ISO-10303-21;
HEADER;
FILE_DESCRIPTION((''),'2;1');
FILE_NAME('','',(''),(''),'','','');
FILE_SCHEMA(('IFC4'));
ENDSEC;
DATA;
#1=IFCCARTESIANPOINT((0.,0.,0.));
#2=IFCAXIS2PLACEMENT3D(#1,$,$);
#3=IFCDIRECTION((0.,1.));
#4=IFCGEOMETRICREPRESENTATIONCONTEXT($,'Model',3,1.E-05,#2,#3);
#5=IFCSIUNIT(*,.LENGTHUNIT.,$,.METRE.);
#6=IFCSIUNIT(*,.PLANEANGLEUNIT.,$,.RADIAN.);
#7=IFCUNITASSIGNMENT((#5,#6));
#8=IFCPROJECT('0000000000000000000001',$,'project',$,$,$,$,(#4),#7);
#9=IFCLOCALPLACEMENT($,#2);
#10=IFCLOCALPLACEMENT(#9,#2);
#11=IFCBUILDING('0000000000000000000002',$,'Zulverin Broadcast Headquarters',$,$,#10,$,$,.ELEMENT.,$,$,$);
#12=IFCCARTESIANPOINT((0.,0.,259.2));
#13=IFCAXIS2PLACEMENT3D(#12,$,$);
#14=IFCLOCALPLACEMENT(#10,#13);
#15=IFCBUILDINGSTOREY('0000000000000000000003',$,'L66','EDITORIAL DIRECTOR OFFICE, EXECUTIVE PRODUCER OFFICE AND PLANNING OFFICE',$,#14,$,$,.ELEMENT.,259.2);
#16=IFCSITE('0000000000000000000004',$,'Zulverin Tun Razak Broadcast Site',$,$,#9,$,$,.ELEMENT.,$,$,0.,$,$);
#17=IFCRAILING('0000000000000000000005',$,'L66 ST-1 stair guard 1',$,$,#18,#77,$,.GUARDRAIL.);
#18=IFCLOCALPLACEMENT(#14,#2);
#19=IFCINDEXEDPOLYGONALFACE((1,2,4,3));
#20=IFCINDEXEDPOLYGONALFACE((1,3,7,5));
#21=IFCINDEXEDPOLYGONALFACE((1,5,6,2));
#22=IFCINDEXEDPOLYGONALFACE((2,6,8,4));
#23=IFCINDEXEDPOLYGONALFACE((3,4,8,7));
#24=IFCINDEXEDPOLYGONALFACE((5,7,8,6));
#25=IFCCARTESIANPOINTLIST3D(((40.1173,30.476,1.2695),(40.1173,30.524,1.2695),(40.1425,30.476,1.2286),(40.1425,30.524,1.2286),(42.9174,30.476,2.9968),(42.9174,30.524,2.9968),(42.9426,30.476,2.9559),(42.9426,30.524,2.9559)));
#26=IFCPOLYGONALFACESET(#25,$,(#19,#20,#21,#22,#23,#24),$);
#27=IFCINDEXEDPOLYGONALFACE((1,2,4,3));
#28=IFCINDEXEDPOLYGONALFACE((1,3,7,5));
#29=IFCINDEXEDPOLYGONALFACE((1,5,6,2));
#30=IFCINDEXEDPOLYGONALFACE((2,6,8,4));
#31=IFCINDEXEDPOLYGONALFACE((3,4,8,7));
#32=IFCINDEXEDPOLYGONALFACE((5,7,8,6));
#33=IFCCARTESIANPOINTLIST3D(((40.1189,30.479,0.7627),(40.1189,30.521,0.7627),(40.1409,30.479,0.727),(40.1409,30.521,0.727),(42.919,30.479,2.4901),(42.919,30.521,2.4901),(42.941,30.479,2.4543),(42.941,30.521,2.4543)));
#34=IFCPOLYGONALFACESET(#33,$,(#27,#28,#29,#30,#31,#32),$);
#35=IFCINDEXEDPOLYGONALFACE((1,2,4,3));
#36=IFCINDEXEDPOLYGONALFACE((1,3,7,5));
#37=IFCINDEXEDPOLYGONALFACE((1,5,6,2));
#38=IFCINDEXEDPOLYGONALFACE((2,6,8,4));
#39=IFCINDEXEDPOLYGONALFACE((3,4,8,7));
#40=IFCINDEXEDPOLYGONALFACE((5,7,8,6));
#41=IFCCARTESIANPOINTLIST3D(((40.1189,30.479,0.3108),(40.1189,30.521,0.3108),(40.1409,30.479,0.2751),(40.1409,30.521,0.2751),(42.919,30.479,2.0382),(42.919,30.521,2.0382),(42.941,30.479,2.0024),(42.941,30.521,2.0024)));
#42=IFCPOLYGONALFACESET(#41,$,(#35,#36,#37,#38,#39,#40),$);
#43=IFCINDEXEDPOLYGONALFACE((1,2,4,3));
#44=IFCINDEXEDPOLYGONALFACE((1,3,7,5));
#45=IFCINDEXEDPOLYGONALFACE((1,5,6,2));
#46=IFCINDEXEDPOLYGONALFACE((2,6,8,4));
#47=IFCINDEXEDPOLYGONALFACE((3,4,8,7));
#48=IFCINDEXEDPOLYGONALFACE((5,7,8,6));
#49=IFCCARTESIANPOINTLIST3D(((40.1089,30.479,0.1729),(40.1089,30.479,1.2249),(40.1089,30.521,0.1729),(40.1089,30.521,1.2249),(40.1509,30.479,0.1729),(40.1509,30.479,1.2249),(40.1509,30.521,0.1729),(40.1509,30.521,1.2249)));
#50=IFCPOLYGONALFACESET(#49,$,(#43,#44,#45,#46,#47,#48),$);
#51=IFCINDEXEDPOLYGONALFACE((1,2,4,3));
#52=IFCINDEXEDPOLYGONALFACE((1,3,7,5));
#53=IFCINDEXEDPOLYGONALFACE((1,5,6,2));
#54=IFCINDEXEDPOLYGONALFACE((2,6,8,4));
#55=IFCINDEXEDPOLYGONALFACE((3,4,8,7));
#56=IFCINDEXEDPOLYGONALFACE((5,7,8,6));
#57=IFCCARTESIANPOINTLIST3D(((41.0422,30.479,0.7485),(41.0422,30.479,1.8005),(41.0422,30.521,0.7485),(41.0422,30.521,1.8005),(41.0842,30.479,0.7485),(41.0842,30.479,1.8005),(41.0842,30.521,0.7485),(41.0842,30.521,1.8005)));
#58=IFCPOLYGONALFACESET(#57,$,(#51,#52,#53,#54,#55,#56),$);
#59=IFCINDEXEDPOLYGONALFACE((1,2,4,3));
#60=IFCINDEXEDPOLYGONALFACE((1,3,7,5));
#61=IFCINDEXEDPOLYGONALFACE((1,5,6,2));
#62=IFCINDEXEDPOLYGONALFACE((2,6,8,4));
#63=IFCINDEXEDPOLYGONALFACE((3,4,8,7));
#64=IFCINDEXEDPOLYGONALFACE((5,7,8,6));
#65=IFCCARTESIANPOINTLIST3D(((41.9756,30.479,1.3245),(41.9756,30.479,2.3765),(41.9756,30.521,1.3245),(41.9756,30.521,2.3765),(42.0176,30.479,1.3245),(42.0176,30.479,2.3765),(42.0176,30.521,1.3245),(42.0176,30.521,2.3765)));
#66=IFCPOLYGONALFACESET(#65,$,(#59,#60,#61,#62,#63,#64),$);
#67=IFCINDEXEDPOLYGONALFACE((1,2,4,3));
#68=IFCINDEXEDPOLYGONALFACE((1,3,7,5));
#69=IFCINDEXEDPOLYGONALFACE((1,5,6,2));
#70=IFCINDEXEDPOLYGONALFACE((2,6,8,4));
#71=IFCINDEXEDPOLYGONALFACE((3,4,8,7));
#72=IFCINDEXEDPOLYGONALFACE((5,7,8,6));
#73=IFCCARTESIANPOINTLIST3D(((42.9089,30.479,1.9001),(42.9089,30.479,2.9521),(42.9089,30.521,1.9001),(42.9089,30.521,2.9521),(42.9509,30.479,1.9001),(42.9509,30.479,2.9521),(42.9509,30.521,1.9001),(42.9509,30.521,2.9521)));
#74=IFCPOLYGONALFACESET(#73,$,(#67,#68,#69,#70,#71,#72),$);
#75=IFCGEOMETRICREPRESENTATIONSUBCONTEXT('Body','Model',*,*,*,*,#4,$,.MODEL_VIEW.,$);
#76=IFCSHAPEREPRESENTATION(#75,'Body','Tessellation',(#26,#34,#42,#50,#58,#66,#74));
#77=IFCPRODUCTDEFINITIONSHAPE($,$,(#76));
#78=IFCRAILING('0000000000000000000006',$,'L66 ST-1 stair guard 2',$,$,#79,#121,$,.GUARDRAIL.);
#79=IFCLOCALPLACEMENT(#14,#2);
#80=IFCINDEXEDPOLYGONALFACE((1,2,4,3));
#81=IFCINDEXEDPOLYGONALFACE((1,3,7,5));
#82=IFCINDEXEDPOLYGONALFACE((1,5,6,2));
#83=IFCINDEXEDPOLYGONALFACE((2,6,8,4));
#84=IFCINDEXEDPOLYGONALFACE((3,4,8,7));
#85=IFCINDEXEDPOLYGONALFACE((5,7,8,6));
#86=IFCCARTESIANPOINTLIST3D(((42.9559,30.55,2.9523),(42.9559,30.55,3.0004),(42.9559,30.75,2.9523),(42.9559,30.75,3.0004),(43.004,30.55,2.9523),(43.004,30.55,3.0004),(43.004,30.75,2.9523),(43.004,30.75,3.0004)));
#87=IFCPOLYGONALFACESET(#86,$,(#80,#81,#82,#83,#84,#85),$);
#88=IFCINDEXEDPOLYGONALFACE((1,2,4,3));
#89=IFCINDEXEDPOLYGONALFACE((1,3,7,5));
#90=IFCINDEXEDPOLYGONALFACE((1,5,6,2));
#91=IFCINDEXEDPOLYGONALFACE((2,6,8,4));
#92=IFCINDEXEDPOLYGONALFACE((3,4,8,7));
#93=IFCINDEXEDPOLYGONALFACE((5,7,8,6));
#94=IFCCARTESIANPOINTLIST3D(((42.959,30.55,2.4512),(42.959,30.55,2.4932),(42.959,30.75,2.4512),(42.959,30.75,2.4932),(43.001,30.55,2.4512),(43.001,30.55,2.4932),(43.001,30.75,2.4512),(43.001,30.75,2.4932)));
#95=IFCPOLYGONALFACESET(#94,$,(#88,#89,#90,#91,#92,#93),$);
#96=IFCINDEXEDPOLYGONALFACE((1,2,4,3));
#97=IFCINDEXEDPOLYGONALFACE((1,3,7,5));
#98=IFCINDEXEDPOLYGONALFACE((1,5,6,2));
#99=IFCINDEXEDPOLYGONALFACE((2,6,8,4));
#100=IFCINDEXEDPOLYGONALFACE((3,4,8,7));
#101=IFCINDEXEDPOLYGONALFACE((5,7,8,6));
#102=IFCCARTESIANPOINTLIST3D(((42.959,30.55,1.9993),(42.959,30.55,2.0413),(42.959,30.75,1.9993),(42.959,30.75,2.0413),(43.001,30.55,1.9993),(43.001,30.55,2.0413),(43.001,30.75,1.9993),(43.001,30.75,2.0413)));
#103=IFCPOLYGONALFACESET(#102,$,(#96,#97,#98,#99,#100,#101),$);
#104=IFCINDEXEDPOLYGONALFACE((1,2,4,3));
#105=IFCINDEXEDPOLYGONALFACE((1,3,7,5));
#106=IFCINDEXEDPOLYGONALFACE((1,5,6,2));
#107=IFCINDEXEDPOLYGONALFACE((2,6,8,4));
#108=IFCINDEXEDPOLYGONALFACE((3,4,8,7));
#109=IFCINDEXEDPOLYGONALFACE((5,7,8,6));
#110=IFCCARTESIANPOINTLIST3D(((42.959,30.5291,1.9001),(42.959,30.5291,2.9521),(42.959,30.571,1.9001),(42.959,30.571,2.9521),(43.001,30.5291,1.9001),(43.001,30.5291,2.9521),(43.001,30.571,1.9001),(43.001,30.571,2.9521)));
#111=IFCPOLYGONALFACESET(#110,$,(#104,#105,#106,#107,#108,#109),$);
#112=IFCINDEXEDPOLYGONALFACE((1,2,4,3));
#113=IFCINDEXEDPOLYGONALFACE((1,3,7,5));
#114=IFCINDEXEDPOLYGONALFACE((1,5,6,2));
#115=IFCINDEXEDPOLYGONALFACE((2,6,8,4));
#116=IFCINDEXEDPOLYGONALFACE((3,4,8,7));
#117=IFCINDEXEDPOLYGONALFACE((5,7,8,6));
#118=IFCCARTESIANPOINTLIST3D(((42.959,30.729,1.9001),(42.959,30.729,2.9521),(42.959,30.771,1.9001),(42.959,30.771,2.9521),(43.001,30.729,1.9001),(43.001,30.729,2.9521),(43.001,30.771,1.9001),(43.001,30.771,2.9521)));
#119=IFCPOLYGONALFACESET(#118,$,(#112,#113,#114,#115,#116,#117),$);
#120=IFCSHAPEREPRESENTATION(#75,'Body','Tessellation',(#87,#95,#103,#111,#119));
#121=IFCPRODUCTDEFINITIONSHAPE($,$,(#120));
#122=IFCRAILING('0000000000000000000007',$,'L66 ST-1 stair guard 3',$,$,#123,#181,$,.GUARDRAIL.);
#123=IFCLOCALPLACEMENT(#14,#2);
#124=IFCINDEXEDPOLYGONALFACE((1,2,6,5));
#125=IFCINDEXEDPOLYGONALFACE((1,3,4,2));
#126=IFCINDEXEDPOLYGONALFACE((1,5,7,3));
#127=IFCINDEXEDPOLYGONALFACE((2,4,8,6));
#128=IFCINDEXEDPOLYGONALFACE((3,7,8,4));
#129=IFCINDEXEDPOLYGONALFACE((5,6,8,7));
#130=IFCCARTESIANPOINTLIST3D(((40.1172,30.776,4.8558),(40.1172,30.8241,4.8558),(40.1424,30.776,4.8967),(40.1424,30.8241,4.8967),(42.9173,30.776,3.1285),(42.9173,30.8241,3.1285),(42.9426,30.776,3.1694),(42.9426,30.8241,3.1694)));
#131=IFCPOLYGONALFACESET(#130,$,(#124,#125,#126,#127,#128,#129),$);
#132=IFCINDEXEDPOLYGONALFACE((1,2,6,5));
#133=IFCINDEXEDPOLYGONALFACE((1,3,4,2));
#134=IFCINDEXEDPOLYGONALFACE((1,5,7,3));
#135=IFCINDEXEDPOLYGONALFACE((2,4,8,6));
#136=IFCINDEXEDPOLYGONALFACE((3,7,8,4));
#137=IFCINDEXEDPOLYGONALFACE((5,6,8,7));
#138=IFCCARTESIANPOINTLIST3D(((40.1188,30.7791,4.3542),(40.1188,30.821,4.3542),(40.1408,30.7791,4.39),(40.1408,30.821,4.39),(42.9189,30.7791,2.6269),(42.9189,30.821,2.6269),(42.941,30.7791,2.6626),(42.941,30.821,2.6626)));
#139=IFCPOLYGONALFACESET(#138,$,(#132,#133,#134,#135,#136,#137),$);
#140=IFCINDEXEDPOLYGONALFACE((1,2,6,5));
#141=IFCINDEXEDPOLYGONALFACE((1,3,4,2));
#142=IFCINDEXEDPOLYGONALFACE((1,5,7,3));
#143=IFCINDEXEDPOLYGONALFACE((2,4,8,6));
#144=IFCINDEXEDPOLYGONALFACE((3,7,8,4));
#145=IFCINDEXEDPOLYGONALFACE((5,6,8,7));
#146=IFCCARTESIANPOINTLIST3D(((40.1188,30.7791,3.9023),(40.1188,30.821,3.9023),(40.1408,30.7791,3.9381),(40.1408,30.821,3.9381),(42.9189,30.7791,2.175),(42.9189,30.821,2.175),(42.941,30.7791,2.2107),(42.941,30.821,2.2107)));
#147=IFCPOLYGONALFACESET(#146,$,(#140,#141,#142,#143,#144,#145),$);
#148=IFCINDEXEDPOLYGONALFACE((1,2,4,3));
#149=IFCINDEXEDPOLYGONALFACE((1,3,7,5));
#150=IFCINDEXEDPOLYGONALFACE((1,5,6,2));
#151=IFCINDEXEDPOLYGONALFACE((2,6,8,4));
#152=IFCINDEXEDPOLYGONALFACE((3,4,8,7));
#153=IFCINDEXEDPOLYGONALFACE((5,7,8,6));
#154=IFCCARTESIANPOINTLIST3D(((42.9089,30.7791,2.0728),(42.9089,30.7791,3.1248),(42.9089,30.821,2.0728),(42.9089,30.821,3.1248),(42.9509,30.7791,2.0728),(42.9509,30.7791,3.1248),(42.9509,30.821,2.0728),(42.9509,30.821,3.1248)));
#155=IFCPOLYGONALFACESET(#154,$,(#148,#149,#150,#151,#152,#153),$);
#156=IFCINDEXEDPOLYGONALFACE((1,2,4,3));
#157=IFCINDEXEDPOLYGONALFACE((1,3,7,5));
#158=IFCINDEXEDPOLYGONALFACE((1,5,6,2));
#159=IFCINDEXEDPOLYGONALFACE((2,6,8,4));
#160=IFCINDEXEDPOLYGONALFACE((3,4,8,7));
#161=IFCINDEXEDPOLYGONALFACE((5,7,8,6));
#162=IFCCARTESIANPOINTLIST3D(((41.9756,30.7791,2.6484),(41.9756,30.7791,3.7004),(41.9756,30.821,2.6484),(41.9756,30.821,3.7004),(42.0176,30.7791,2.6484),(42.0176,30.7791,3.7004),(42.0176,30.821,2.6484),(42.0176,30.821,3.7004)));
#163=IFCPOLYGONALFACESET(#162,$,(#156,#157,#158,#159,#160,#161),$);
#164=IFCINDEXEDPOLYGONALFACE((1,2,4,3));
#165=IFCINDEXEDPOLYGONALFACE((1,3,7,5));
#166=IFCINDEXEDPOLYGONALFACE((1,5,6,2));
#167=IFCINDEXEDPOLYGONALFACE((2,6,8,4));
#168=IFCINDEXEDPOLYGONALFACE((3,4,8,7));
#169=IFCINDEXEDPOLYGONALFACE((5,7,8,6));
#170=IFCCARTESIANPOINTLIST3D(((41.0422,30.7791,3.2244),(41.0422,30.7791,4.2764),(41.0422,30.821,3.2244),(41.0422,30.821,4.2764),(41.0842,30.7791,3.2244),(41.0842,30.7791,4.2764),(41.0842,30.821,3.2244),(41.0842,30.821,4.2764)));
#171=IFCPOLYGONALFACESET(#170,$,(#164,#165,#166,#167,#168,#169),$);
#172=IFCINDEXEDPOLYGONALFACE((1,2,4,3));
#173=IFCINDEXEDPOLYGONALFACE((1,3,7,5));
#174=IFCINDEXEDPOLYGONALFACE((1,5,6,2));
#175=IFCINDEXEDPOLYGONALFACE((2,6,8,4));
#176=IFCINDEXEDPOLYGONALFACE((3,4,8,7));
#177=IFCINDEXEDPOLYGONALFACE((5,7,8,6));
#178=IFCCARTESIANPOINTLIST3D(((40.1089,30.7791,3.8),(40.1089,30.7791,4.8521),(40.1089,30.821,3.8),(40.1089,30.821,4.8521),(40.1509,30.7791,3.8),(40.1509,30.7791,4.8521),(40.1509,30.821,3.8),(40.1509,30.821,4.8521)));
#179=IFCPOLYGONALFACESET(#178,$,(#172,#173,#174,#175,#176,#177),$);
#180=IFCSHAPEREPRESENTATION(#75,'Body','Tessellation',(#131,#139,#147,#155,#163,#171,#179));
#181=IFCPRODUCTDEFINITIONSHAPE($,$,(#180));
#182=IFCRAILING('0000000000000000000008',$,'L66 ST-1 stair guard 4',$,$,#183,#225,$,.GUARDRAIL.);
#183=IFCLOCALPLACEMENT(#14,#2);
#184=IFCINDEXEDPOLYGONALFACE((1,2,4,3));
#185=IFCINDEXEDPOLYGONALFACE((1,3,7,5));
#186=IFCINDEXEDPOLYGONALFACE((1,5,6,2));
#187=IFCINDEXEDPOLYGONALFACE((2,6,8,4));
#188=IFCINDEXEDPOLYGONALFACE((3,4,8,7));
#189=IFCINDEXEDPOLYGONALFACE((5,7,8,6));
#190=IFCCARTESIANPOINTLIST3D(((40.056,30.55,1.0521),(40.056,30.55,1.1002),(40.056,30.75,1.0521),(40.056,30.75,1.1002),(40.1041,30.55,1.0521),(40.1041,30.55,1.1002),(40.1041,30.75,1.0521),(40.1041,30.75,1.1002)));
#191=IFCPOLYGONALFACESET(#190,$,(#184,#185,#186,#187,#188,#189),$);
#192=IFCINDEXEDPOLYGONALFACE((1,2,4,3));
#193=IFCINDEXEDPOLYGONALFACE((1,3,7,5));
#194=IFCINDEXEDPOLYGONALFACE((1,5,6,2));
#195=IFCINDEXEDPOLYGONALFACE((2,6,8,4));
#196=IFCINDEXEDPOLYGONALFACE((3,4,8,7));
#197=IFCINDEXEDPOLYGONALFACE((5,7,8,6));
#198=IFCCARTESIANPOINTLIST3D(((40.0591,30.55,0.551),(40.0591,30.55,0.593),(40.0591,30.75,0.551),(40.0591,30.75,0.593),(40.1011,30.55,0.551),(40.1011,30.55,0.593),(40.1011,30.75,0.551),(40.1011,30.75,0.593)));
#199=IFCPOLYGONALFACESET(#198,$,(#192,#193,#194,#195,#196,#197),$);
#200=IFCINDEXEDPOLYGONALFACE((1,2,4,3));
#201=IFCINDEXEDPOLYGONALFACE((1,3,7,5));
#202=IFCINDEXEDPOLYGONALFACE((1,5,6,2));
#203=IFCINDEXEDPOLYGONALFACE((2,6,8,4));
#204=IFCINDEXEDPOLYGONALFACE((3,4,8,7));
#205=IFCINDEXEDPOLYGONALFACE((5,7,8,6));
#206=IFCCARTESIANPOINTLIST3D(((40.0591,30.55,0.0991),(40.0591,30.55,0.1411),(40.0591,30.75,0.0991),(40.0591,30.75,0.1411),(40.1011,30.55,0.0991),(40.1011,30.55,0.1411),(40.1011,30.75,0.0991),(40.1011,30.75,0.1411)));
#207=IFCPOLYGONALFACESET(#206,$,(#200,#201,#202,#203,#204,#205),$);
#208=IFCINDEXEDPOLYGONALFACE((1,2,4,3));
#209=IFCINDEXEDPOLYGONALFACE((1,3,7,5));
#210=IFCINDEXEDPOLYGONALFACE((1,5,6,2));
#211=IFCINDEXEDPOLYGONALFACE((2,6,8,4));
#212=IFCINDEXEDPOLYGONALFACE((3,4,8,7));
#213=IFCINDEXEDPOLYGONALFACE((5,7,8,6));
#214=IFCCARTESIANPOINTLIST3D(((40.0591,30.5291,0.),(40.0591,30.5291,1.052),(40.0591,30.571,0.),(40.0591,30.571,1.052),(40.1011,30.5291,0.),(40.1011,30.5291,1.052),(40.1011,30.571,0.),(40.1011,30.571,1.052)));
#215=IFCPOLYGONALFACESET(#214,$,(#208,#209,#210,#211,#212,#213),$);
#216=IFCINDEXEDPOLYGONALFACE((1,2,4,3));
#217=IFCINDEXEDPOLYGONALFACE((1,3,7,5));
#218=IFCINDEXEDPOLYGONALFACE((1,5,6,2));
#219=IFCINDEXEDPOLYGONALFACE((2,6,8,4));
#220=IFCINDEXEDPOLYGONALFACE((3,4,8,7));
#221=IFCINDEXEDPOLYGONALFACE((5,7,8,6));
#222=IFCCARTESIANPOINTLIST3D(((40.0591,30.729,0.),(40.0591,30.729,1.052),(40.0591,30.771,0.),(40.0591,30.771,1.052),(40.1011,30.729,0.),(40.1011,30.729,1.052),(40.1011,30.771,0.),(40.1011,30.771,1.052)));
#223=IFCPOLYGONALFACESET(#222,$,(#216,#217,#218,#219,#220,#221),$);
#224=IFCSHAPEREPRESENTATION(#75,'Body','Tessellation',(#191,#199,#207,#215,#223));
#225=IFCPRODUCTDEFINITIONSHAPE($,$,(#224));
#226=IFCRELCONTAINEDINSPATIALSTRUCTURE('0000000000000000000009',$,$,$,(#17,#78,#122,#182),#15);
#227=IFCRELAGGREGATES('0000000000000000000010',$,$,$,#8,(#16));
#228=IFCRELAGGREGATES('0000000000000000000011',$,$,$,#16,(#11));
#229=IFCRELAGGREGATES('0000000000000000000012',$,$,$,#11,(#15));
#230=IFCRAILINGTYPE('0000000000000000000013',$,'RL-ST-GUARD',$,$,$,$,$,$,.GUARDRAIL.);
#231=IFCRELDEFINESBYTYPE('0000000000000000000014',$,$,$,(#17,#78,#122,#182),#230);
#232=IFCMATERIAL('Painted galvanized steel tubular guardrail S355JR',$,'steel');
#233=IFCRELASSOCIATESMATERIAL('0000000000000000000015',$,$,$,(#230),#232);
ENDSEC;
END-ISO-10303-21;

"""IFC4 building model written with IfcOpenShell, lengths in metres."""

from ifc_helpers import new_model, si_unit, direction, frame, origin, origin_2d, place, context, subcontext, project, spatial, rectangle, extrude, material, type_object, element, save


model = new_model("IFC4")

# Units and contexts
model_context = context("Model", 3, precision=1e-05, world=origin(), true_north=direction((0.0, 1.0)))
body_context = subcontext(model_context, "Body", "Model", "MODEL_VIEW")
ifc_project = project(units=[si_unit("LENGTHUNIT", "METRE"), si_unit("PLANEANGLEUNIT", "RADIAN")], contexts=[model_context])

# Site, building, storey
site_placement = place(None, origin())
site = spatial("IfcSite", under=ifc_project, at=site_placement, Name="Zulverin Tun Razak Broadcast Site", CompositionType="ELEMENT", RefElevation=0.0)
building_placement = place(site_placement, origin())
building = spatial("IfcBuilding", under=site, at=building_placement, Name="Zulverin Broadcast Headquarters", CompositionType="ELEMENT")
storey_placement = place(building_placement, frame((0.0, 0.0, 259.2)))
storey = spatial("IfcBuildingStorey", under=building, at=storey_placement, Name="L66", Description="EDITORIAL DIRECTOR OFFICE, EXECUTIVE PRODUCER OFFICE AND PLANNING OFFICE", CompositionType="ELEMENT", Elevation=259.2)

# Railings
ifc_material_1 = material(Name="Painted galvanized steel tubular guardrail S355JR", Category="steel")
railing_type_1 = type_object("IfcRailingType", Name="RL-ST-GUARD", PredefinedType="GUARDRAIL", material=ifc_material_1)
railing_1_placement = place(storey_placement, frame((40.1299, 30.5, 0.1729)))
element("IfcRailing", 1, at=railing_1_placement, inside=storey, type_object=railing_type_1, Name="L66 ST-1 stair guard 1", PredefinedType="GUARDRAIL", context=body_context, shape_type="SweptSolid", body=[
    extrude(rectangle(XDim=0.0481, YDim=0.0481, at=origin_2d()), frame((0.0, 0.0, 1.0762), z_axis=(0.85109, 0.0, 0.52502), x_axis=(0.0, 1.0, 0.0)), (0.0, 0.0, 1.0), 3.29),
    extrude(rectangle(XDim=0.042, YDim=0.042, at=origin_2d()), frame((0.0, 0.0, 0.572), z_axis=(0.85109, 0.0, 0.52502), x_axis=(0.0, 1.0, 0.0)), (0.0, 0.0, 1.0), 3.29),
    extrude(rectangle(XDim=0.042, YDim=0.042, at=origin_2d()), frame((0.0, 0.0, 0.1201), z_axis=(0.85109, 0.0, 0.52502), x_axis=(0.0, 1.0, 0.0)), (0.0, 0.0, 1.0), 3.29),
    extrude(rectangle(XDim=0.042, YDim=0.042, at=origin_2d()), origin(), (0.0, 0.0, 1.0), 1.052),
    extrude(rectangle(XDim=0.042, YDim=0.042, at=origin_2d()), frame((0.9333, 0.0, 0.5757)), (0.0, 0.0, 1.0), 1.052),
    extrude(rectangle(XDim=0.042, YDim=0.042, at=origin_2d()), frame((1.8667, 0.0, 1.1516)), (0.0, 0.0, 1.0), 1.052),
    extrude(rectangle(XDim=0.042, YDim=0.042, at=origin_2d()), frame((2.8, 0.0, 1.7273)), (0.0, 0.0, 1.0), 1.052),
])
railing_2_placement = place(storey_placement, frame((42.98, 30.55, 1.9001)))
element("IfcRailing", 2, at=railing_2_placement, inside=storey, type_object=railing_type_1, Name="L66 ST-1 stair guard 2", PredefinedType="GUARDRAIL", context=body_context, shape_type="SweptSolid", body=[
    extrude(rectangle(XDim=0.0481, YDim=0.0481, at=origin_2d()), frame((0.0, 0.0, 1.0762), z_axis=(0.0, 1.0, 0.0), x_axis=(-1.0, 0.0, 0.0)), (0.0, 0.0, 1.0), 0.2),
    extrude(rectangle(XDim=0.042, YDim=0.042, at=origin_2d()), frame((0.0, 0.0, 0.572), z_axis=(0.0, 1.0, 0.0), x_axis=(-1.0, 0.0, 0.0)), (0.0, 0.0, 1.0), 0.2),
    extrude(rectangle(XDim=0.042, YDim=0.042, at=origin_2d()), frame((0.0, 0.0, 0.1201), z_axis=(0.0, 1.0, 0.0), x_axis=(-1.0, 0.0, 0.0)), (0.0, 0.0, 1.0), 0.2),
    extrude(rectangle(XDim=0.042, YDim=0.042, at=origin_2d()), origin(), (0.0, 0.0, 1.0), 1.052),
    extrude(rectangle(XDim=0.042, YDim=0.042, at=origin_2d()), frame((0.0, 0.2, 0.0)), (0.0, 0.0, 1.0), 1.052),
])
railing_3_placement = place(storey_placement, frame((42.9299, 30.8, 2.0728)))
element("IfcRailing", 3, at=railing_3_placement, inside=storey, type_object=railing_type_1, Name="L66 ST-1 stair guard 3", PredefinedType="GUARDRAIL", context=body_context, shape_type="SweptSolid", body=[
    extrude(rectangle(XDim=0.0481, YDim=0.0481, at=origin_2d()), frame((0.0, 0.0, 1.0762), z_axis=(-0.85109, 0.0, 0.52502), x_axis=(0.0, -1.0, 0.0)), (0.0, 0.0, 1.0), 3.29),
    extrude(rectangle(XDim=0.042, YDim=0.042, at=origin_2d()), frame((0.0, 0.0, 0.572), z_axis=(-0.85109, 0.0, 0.52502), x_axis=(0.0, -1.0, 0.0)), (0.0, 0.0, 1.0), 3.29),
    extrude(rectangle(XDim=0.042, YDim=0.042, at=origin_2d()), frame((0.0, 0.0, 0.1201), z_axis=(-0.85109, 0.0, 0.52502), x_axis=(0.0, -1.0, 0.0)), (0.0, 0.0, 1.0), 3.29),
    extrude(rectangle(XDim=0.042, YDim=0.042, at=origin_2d()), origin(), (0.0, 0.0, 1.0), 1.052),
    extrude(rectangle(XDim=0.042, YDim=0.042, at=origin_2d()), frame((-0.9333, 0.0, 0.5757)), (0.0, 0.0, 1.0), 1.052),
    extrude(rectangle(XDim=0.042, YDim=0.042, at=origin_2d()), frame((-1.8667, 0.0, 1.1516)), (0.0, 0.0, 1.0), 1.052),
    extrude(rectangle(XDim=0.042, YDim=0.042, at=origin_2d()), frame((-2.8, 0.0, 1.7273)), (0.0, 0.0, 1.0), 1.052),
])
railing_4_placement = place(storey_placement, frame((40.0801, 30.55, 0.0)))
element("IfcRailing", 4, at=railing_4_placement, inside=storey, type_object=railing_type_1, Name="L66 ST-1 stair guard 4", PredefinedType="GUARDRAIL", context=body_context, shape_type="SweptSolid", body=[
    extrude(rectangle(XDim=0.0481, YDim=0.0481, at=origin_2d()), frame((0.0, 0.0, 1.0762), z_axis=(0.0, 1.0, 0.0), x_axis=(-1.0, 0.0, 0.0)), (0.0, 0.0, 1.0), 0.2),
    extrude(rectangle(XDim=0.042, YDim=0.042, at=origin_2d()), frame((0.0, 0.0, 0.572), z_axis=(0.0, 1.0, 0.0), x_axis=(-1.0, 0.0, 0.0)), (0.0, 0.0, 1.0), 0.2),
    extrude(rectangle(XDim=0.042, YDim=0.042, at=origin_2d()), frame((0.0, 0.0, 0.1201), z_axis=(0.0, 1.0, 0.0), x_axis=(-1.0, 0.0, 0.0)), (0.0, 0.0, 1.0), 0.2),
    extrude(rectangle(XDim=0.042, YDim=0.042, at=origin_2d()), origin(), (0.0, 0.0, 1.0), 1.052),
    extrude(rectangle(XDim=0.042, YDim=0.042, at=origin_2d()), frame((0.0, 0.2, 0.0)), (0.0, 0.0, 1.0), 1.052),
])

save(model, "model.ifc")
